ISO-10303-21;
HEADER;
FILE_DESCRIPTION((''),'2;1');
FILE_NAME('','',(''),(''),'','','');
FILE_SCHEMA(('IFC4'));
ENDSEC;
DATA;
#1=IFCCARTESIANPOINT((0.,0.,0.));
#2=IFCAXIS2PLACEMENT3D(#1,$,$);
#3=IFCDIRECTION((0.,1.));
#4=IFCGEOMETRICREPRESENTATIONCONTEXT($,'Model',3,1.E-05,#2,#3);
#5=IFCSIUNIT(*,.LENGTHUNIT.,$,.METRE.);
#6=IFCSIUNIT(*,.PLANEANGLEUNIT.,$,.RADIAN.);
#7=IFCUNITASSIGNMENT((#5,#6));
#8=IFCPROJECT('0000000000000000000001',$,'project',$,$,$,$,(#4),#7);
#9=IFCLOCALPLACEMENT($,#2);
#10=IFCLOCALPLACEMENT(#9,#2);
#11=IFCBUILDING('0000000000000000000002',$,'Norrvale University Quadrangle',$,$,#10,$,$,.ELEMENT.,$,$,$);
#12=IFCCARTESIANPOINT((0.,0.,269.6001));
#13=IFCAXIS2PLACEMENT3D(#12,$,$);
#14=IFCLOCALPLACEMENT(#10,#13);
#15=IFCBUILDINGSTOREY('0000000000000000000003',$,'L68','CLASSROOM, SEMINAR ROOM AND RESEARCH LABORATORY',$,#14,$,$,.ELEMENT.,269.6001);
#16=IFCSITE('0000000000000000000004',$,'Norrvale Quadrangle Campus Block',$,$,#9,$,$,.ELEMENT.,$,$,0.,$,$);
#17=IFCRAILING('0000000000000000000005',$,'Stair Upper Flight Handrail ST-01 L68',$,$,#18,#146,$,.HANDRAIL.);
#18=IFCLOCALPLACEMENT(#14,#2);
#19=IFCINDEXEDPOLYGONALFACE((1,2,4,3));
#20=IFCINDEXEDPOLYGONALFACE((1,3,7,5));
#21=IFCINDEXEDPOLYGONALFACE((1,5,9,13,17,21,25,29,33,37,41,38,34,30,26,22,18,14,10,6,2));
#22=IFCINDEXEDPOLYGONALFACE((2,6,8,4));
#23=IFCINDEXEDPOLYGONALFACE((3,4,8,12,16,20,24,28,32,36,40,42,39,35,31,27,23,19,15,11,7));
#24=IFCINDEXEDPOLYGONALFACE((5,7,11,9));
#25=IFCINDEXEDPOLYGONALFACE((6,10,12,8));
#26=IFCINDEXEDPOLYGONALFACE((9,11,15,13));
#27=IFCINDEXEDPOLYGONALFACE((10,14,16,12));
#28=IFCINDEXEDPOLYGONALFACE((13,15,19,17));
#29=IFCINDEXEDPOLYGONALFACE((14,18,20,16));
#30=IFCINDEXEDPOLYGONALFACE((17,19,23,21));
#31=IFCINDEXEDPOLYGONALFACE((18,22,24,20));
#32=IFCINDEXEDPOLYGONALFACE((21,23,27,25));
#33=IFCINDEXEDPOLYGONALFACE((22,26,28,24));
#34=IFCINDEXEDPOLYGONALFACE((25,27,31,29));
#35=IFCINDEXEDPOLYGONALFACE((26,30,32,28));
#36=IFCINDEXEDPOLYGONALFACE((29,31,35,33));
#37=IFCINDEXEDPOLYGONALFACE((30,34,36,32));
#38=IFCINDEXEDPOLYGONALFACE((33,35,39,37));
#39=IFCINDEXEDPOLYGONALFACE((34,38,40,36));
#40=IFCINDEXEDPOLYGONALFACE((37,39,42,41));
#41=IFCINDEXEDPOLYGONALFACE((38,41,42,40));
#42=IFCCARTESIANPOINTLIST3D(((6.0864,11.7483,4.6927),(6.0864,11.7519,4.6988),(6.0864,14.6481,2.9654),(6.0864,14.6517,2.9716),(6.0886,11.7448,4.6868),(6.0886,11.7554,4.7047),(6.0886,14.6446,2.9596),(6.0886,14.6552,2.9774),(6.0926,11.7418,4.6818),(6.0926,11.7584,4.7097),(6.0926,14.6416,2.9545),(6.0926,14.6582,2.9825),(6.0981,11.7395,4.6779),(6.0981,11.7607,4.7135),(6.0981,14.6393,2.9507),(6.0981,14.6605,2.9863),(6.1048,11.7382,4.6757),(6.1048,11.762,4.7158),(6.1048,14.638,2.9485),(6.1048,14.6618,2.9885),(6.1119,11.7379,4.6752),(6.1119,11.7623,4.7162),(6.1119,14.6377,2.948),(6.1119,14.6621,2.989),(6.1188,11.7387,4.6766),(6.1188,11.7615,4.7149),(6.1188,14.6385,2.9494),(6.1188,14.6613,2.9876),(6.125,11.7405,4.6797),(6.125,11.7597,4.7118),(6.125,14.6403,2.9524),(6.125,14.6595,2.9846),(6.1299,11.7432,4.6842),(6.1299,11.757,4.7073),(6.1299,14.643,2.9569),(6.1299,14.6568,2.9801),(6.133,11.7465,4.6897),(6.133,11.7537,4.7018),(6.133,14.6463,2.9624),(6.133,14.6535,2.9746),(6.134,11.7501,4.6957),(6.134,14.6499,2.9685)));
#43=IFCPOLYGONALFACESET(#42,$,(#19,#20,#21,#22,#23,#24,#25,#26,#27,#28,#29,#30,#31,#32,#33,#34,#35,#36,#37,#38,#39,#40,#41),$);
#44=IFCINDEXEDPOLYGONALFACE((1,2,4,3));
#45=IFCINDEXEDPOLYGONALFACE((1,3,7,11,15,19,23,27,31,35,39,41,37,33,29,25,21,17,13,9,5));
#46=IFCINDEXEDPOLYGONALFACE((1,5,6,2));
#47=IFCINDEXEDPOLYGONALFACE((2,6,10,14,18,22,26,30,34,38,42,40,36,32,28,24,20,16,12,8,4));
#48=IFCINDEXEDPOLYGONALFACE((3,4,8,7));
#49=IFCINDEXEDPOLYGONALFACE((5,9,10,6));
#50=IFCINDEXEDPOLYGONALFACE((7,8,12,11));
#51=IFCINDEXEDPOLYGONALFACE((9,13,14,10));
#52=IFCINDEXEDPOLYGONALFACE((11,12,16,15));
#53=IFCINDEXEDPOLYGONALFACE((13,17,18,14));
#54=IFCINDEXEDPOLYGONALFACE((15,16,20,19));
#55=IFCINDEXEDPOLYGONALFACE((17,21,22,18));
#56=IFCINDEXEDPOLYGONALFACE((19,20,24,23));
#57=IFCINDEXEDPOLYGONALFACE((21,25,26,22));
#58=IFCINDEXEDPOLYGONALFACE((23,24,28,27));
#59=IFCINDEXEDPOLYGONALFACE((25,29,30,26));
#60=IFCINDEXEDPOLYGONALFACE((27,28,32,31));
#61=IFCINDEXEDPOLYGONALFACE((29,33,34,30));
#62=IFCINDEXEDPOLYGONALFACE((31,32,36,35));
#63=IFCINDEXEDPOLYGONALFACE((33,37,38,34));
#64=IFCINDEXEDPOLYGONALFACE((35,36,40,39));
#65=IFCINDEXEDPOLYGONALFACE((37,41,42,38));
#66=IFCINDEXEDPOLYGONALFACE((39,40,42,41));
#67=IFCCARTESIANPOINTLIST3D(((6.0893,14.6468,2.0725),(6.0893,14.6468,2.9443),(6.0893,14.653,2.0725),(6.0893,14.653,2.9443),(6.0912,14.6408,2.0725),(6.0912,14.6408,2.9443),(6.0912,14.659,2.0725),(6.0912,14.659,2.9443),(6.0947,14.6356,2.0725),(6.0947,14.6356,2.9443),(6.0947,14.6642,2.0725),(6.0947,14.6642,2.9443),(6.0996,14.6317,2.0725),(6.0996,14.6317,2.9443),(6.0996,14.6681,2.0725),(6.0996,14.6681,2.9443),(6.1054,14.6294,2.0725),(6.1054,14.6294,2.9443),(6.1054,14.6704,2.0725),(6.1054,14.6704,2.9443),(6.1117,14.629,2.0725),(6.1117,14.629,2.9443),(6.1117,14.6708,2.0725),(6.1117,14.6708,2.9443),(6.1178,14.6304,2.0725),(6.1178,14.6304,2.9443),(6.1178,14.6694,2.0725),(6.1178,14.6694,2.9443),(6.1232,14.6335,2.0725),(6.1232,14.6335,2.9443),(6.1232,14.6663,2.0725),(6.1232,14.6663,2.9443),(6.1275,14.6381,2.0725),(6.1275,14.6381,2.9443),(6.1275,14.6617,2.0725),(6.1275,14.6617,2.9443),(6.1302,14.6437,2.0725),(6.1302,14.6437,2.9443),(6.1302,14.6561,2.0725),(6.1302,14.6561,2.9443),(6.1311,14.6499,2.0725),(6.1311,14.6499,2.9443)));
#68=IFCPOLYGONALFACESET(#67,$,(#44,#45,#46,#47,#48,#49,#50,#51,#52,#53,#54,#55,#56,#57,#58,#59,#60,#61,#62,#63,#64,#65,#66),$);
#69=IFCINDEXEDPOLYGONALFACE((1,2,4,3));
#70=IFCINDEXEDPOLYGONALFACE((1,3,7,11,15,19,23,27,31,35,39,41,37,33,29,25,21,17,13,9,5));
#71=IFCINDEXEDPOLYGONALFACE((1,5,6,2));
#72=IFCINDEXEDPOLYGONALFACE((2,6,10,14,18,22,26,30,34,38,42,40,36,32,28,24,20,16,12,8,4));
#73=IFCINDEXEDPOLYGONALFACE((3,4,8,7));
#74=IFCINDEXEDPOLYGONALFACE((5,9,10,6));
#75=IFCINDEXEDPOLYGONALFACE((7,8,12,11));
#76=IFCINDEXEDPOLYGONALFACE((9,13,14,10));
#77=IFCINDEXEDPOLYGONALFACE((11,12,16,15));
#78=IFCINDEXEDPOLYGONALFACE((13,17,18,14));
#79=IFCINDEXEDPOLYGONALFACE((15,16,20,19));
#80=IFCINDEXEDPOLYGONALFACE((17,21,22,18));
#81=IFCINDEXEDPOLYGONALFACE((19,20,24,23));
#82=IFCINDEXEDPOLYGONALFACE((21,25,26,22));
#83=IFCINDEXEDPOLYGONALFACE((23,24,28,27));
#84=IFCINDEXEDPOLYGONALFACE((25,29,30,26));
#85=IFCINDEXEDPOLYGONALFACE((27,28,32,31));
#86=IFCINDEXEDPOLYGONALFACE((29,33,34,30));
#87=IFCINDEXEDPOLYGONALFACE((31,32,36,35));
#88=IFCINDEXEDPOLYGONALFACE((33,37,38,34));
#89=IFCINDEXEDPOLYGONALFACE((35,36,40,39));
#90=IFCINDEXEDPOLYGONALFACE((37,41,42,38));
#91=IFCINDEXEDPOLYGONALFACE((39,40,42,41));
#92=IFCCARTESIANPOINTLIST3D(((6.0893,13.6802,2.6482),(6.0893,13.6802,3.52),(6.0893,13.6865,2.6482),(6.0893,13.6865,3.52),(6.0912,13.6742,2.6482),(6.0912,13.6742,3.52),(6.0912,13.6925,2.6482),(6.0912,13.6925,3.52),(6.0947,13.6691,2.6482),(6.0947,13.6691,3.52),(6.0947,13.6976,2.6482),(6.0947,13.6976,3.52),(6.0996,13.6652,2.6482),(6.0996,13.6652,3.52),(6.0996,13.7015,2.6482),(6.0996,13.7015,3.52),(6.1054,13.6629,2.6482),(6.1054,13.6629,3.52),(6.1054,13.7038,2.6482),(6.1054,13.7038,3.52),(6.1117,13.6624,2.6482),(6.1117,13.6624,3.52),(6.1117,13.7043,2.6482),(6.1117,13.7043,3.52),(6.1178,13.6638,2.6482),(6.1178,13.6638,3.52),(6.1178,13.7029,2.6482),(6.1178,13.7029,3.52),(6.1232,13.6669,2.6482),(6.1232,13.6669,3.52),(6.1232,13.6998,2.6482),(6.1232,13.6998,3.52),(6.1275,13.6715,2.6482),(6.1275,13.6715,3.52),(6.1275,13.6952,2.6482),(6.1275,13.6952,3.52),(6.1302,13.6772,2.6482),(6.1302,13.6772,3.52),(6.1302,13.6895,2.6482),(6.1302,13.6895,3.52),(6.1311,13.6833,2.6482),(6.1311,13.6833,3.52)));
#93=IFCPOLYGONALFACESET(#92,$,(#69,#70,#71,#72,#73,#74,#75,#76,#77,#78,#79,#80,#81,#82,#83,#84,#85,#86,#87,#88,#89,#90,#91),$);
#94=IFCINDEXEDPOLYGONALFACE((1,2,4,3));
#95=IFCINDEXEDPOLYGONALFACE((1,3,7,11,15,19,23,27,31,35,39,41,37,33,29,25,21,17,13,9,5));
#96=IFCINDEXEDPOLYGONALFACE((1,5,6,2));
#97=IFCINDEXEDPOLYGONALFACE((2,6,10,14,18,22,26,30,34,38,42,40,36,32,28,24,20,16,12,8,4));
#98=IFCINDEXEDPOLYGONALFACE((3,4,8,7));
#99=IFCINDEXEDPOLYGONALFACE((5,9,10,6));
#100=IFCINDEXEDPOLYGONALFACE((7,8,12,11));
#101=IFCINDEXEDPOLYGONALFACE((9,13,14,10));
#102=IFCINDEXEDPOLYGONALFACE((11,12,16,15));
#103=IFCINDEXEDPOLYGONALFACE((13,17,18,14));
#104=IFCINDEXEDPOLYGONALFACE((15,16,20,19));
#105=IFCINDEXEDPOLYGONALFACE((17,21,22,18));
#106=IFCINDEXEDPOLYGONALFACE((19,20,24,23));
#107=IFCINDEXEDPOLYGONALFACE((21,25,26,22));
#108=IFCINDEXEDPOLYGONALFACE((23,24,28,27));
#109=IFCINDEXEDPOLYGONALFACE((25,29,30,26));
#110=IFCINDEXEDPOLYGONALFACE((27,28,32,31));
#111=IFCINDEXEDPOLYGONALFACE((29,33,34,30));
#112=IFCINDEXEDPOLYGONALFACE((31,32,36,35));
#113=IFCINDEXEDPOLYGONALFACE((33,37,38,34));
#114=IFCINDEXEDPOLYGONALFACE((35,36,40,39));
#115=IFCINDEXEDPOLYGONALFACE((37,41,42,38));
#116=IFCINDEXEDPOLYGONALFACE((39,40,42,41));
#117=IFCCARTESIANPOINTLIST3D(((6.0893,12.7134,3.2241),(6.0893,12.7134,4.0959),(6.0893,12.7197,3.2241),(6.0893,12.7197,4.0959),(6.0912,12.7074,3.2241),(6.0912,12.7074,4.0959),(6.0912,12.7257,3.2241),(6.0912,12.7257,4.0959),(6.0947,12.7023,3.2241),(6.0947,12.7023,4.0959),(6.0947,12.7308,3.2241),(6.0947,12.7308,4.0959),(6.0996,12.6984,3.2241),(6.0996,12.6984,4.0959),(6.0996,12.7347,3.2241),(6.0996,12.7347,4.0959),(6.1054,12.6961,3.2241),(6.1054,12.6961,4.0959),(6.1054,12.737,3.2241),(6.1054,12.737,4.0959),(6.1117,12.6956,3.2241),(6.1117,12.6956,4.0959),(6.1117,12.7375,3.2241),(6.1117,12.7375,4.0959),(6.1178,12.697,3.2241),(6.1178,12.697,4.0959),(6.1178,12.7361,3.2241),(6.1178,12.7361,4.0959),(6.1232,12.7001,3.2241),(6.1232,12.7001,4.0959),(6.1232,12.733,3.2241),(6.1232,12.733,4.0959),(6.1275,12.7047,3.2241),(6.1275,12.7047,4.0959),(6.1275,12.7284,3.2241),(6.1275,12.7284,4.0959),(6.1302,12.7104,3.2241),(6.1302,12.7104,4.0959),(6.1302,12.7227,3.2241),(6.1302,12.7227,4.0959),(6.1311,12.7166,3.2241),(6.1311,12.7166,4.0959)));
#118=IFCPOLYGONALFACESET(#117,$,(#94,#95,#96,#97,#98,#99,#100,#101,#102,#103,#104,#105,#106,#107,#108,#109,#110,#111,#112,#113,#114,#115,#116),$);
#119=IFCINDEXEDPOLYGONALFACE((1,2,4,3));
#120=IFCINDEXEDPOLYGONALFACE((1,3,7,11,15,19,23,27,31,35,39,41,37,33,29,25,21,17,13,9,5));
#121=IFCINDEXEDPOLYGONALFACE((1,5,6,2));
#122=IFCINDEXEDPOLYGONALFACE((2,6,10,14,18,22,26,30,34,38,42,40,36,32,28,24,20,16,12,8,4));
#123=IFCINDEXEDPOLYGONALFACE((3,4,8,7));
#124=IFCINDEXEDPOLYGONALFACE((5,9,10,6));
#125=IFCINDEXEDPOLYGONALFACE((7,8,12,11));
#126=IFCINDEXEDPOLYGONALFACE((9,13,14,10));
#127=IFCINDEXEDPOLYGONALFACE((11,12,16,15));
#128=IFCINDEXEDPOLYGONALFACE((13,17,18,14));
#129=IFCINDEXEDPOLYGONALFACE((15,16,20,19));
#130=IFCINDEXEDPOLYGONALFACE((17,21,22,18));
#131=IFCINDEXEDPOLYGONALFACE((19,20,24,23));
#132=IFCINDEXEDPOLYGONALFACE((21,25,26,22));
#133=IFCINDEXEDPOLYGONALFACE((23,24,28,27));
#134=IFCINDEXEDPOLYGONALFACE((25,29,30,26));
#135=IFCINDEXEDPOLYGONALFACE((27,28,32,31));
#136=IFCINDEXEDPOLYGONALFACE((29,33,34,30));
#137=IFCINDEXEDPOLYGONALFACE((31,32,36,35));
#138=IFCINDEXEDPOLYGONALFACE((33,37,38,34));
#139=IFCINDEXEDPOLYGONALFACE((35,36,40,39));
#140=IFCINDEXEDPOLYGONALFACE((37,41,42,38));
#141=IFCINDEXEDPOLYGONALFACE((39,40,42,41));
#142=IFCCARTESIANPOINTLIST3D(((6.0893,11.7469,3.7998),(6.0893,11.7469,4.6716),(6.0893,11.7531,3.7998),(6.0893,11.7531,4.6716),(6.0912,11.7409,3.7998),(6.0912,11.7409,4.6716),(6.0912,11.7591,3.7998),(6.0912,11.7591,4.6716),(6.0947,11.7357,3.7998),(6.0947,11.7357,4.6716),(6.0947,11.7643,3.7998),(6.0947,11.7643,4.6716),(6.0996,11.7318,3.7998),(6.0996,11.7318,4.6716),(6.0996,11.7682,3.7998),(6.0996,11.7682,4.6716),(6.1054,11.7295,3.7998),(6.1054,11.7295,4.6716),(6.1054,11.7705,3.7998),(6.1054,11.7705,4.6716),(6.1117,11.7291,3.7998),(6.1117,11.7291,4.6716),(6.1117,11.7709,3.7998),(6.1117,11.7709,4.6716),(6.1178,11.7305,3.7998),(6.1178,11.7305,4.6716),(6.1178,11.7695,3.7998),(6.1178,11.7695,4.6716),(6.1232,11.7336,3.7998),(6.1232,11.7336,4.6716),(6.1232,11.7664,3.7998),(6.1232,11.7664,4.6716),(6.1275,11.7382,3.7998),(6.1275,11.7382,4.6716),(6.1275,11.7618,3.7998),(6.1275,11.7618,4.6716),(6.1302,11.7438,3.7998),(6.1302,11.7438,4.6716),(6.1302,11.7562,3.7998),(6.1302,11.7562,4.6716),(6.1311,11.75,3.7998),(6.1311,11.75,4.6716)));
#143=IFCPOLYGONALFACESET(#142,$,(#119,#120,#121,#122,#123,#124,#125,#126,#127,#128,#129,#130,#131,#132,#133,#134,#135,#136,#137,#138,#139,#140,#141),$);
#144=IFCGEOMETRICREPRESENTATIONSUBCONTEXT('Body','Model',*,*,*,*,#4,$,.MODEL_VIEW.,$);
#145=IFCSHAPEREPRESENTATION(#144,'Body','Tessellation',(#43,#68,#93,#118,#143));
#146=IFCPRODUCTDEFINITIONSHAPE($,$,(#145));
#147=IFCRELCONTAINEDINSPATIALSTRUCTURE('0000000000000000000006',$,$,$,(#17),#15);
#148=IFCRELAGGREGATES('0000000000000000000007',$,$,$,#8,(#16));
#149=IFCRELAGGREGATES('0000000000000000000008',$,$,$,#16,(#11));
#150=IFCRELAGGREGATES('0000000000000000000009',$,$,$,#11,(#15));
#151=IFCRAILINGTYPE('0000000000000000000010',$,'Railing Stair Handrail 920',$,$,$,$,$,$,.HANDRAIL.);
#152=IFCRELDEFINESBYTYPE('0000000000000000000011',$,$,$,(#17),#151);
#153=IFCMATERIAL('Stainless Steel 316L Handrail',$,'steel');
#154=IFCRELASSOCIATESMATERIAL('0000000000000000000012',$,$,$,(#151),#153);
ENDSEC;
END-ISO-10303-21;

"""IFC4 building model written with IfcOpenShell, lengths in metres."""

from ifc_helpers import new_model, si_unit, direction, frame, origin, origin_2d, place, context, subcontext, project, spatial, circle, extrude, material, type_object, element, save


model = new_model("IFC4")

# Units and contexts
model_context = context("Model", 3, precision=1e-05, world=origin(), true_north=direction((0.0, 1.0)))
body_context = subcontext(model_context, "Body", "Model", "MODEL_VIEW")
ifc_project = project(units=[si_unit("LENGTHUNIT", "METRE"), si_unit("PLANEANGLEUNIT", "RADIAN")], contexts=[model_context])

# Site, building, storey
site_placement = place(None, origin())
site = spatial("IfcSite", under=ifc_project, at=site_placement, Name="Norrvale Quadrangle Campus Block", CompositionType="ELEMENT", RefElevation=0.0)
building_placement = place(site_placement, origin())
building = spatial("IfcBuilding", under=site, at=building_placement, Name="Norrvale University Quadrangle", CompositionType="ELEMENT")
storey_placement = place(building_placement, frame((0.0, 0.0, 269.6001)))
storey = spatial("IfcBuildingStorey", under=building, at=storey_placement, Name="L68", Description="CLASSROOM, SEMINAR ROOM AND RESEARCH LABORATORY", CompositionType="ELEMENT", Elevation=269.6001)

# Railing
ifc_material_1 = material(Name="Stainless Steel 316L Handrail", Category="steel")
railing_type_1 = type_object("IfcRailingType", Name="Railing Stair Handrail 920", PredefinedType="HANDRAIL", material=ifc_material_1)
railing_1_placement = place(storey_placement, frame((6.1101, 14.6499, 2.0725)))
element("IfcRailing", 1, at=railing_1_placement, inside=storey, type_object=railing_type_1, Name="Stair Upper Flight Handrail ST-01 L68", PredefinedType="HANDRAIL", context=body_context, shape_type="SweptSolid", body=[
    extrude(circle(Radius=0.0239, at=origin_2d()), frame((0.0, 0.0, 0.896), z_axis=(0.0, -0.859141, 0.511738), x_axis=(1.0, 0.0, 0.0)), (0.0, 0.0, 1.0), 3.3752),
    extrude(circle(Radius=0.021, at=origin_2d()), origin(), (0.0, 0.0, 1.0), 0.8718),
    extrude(circle(Radius=0.021, at=origin_2d()), frame((0.0, -0.9666, 0.5757)), (0.0, 0.0, 1.0), 0.8718),
    extrude(circle(Radius=0.021, at=origin_2d()), frame((0.0, -1.9333, 1.1516)), (0.0, 0.0, 1.0), 0.8718),
    extrude(circle(Radius=0.021, at=origin_2d()), frame((0.0, -2.8999, 1.7273)), (0.0, 0.0, 1.0), 0.8718),
])

save(model, "model.ifc")
